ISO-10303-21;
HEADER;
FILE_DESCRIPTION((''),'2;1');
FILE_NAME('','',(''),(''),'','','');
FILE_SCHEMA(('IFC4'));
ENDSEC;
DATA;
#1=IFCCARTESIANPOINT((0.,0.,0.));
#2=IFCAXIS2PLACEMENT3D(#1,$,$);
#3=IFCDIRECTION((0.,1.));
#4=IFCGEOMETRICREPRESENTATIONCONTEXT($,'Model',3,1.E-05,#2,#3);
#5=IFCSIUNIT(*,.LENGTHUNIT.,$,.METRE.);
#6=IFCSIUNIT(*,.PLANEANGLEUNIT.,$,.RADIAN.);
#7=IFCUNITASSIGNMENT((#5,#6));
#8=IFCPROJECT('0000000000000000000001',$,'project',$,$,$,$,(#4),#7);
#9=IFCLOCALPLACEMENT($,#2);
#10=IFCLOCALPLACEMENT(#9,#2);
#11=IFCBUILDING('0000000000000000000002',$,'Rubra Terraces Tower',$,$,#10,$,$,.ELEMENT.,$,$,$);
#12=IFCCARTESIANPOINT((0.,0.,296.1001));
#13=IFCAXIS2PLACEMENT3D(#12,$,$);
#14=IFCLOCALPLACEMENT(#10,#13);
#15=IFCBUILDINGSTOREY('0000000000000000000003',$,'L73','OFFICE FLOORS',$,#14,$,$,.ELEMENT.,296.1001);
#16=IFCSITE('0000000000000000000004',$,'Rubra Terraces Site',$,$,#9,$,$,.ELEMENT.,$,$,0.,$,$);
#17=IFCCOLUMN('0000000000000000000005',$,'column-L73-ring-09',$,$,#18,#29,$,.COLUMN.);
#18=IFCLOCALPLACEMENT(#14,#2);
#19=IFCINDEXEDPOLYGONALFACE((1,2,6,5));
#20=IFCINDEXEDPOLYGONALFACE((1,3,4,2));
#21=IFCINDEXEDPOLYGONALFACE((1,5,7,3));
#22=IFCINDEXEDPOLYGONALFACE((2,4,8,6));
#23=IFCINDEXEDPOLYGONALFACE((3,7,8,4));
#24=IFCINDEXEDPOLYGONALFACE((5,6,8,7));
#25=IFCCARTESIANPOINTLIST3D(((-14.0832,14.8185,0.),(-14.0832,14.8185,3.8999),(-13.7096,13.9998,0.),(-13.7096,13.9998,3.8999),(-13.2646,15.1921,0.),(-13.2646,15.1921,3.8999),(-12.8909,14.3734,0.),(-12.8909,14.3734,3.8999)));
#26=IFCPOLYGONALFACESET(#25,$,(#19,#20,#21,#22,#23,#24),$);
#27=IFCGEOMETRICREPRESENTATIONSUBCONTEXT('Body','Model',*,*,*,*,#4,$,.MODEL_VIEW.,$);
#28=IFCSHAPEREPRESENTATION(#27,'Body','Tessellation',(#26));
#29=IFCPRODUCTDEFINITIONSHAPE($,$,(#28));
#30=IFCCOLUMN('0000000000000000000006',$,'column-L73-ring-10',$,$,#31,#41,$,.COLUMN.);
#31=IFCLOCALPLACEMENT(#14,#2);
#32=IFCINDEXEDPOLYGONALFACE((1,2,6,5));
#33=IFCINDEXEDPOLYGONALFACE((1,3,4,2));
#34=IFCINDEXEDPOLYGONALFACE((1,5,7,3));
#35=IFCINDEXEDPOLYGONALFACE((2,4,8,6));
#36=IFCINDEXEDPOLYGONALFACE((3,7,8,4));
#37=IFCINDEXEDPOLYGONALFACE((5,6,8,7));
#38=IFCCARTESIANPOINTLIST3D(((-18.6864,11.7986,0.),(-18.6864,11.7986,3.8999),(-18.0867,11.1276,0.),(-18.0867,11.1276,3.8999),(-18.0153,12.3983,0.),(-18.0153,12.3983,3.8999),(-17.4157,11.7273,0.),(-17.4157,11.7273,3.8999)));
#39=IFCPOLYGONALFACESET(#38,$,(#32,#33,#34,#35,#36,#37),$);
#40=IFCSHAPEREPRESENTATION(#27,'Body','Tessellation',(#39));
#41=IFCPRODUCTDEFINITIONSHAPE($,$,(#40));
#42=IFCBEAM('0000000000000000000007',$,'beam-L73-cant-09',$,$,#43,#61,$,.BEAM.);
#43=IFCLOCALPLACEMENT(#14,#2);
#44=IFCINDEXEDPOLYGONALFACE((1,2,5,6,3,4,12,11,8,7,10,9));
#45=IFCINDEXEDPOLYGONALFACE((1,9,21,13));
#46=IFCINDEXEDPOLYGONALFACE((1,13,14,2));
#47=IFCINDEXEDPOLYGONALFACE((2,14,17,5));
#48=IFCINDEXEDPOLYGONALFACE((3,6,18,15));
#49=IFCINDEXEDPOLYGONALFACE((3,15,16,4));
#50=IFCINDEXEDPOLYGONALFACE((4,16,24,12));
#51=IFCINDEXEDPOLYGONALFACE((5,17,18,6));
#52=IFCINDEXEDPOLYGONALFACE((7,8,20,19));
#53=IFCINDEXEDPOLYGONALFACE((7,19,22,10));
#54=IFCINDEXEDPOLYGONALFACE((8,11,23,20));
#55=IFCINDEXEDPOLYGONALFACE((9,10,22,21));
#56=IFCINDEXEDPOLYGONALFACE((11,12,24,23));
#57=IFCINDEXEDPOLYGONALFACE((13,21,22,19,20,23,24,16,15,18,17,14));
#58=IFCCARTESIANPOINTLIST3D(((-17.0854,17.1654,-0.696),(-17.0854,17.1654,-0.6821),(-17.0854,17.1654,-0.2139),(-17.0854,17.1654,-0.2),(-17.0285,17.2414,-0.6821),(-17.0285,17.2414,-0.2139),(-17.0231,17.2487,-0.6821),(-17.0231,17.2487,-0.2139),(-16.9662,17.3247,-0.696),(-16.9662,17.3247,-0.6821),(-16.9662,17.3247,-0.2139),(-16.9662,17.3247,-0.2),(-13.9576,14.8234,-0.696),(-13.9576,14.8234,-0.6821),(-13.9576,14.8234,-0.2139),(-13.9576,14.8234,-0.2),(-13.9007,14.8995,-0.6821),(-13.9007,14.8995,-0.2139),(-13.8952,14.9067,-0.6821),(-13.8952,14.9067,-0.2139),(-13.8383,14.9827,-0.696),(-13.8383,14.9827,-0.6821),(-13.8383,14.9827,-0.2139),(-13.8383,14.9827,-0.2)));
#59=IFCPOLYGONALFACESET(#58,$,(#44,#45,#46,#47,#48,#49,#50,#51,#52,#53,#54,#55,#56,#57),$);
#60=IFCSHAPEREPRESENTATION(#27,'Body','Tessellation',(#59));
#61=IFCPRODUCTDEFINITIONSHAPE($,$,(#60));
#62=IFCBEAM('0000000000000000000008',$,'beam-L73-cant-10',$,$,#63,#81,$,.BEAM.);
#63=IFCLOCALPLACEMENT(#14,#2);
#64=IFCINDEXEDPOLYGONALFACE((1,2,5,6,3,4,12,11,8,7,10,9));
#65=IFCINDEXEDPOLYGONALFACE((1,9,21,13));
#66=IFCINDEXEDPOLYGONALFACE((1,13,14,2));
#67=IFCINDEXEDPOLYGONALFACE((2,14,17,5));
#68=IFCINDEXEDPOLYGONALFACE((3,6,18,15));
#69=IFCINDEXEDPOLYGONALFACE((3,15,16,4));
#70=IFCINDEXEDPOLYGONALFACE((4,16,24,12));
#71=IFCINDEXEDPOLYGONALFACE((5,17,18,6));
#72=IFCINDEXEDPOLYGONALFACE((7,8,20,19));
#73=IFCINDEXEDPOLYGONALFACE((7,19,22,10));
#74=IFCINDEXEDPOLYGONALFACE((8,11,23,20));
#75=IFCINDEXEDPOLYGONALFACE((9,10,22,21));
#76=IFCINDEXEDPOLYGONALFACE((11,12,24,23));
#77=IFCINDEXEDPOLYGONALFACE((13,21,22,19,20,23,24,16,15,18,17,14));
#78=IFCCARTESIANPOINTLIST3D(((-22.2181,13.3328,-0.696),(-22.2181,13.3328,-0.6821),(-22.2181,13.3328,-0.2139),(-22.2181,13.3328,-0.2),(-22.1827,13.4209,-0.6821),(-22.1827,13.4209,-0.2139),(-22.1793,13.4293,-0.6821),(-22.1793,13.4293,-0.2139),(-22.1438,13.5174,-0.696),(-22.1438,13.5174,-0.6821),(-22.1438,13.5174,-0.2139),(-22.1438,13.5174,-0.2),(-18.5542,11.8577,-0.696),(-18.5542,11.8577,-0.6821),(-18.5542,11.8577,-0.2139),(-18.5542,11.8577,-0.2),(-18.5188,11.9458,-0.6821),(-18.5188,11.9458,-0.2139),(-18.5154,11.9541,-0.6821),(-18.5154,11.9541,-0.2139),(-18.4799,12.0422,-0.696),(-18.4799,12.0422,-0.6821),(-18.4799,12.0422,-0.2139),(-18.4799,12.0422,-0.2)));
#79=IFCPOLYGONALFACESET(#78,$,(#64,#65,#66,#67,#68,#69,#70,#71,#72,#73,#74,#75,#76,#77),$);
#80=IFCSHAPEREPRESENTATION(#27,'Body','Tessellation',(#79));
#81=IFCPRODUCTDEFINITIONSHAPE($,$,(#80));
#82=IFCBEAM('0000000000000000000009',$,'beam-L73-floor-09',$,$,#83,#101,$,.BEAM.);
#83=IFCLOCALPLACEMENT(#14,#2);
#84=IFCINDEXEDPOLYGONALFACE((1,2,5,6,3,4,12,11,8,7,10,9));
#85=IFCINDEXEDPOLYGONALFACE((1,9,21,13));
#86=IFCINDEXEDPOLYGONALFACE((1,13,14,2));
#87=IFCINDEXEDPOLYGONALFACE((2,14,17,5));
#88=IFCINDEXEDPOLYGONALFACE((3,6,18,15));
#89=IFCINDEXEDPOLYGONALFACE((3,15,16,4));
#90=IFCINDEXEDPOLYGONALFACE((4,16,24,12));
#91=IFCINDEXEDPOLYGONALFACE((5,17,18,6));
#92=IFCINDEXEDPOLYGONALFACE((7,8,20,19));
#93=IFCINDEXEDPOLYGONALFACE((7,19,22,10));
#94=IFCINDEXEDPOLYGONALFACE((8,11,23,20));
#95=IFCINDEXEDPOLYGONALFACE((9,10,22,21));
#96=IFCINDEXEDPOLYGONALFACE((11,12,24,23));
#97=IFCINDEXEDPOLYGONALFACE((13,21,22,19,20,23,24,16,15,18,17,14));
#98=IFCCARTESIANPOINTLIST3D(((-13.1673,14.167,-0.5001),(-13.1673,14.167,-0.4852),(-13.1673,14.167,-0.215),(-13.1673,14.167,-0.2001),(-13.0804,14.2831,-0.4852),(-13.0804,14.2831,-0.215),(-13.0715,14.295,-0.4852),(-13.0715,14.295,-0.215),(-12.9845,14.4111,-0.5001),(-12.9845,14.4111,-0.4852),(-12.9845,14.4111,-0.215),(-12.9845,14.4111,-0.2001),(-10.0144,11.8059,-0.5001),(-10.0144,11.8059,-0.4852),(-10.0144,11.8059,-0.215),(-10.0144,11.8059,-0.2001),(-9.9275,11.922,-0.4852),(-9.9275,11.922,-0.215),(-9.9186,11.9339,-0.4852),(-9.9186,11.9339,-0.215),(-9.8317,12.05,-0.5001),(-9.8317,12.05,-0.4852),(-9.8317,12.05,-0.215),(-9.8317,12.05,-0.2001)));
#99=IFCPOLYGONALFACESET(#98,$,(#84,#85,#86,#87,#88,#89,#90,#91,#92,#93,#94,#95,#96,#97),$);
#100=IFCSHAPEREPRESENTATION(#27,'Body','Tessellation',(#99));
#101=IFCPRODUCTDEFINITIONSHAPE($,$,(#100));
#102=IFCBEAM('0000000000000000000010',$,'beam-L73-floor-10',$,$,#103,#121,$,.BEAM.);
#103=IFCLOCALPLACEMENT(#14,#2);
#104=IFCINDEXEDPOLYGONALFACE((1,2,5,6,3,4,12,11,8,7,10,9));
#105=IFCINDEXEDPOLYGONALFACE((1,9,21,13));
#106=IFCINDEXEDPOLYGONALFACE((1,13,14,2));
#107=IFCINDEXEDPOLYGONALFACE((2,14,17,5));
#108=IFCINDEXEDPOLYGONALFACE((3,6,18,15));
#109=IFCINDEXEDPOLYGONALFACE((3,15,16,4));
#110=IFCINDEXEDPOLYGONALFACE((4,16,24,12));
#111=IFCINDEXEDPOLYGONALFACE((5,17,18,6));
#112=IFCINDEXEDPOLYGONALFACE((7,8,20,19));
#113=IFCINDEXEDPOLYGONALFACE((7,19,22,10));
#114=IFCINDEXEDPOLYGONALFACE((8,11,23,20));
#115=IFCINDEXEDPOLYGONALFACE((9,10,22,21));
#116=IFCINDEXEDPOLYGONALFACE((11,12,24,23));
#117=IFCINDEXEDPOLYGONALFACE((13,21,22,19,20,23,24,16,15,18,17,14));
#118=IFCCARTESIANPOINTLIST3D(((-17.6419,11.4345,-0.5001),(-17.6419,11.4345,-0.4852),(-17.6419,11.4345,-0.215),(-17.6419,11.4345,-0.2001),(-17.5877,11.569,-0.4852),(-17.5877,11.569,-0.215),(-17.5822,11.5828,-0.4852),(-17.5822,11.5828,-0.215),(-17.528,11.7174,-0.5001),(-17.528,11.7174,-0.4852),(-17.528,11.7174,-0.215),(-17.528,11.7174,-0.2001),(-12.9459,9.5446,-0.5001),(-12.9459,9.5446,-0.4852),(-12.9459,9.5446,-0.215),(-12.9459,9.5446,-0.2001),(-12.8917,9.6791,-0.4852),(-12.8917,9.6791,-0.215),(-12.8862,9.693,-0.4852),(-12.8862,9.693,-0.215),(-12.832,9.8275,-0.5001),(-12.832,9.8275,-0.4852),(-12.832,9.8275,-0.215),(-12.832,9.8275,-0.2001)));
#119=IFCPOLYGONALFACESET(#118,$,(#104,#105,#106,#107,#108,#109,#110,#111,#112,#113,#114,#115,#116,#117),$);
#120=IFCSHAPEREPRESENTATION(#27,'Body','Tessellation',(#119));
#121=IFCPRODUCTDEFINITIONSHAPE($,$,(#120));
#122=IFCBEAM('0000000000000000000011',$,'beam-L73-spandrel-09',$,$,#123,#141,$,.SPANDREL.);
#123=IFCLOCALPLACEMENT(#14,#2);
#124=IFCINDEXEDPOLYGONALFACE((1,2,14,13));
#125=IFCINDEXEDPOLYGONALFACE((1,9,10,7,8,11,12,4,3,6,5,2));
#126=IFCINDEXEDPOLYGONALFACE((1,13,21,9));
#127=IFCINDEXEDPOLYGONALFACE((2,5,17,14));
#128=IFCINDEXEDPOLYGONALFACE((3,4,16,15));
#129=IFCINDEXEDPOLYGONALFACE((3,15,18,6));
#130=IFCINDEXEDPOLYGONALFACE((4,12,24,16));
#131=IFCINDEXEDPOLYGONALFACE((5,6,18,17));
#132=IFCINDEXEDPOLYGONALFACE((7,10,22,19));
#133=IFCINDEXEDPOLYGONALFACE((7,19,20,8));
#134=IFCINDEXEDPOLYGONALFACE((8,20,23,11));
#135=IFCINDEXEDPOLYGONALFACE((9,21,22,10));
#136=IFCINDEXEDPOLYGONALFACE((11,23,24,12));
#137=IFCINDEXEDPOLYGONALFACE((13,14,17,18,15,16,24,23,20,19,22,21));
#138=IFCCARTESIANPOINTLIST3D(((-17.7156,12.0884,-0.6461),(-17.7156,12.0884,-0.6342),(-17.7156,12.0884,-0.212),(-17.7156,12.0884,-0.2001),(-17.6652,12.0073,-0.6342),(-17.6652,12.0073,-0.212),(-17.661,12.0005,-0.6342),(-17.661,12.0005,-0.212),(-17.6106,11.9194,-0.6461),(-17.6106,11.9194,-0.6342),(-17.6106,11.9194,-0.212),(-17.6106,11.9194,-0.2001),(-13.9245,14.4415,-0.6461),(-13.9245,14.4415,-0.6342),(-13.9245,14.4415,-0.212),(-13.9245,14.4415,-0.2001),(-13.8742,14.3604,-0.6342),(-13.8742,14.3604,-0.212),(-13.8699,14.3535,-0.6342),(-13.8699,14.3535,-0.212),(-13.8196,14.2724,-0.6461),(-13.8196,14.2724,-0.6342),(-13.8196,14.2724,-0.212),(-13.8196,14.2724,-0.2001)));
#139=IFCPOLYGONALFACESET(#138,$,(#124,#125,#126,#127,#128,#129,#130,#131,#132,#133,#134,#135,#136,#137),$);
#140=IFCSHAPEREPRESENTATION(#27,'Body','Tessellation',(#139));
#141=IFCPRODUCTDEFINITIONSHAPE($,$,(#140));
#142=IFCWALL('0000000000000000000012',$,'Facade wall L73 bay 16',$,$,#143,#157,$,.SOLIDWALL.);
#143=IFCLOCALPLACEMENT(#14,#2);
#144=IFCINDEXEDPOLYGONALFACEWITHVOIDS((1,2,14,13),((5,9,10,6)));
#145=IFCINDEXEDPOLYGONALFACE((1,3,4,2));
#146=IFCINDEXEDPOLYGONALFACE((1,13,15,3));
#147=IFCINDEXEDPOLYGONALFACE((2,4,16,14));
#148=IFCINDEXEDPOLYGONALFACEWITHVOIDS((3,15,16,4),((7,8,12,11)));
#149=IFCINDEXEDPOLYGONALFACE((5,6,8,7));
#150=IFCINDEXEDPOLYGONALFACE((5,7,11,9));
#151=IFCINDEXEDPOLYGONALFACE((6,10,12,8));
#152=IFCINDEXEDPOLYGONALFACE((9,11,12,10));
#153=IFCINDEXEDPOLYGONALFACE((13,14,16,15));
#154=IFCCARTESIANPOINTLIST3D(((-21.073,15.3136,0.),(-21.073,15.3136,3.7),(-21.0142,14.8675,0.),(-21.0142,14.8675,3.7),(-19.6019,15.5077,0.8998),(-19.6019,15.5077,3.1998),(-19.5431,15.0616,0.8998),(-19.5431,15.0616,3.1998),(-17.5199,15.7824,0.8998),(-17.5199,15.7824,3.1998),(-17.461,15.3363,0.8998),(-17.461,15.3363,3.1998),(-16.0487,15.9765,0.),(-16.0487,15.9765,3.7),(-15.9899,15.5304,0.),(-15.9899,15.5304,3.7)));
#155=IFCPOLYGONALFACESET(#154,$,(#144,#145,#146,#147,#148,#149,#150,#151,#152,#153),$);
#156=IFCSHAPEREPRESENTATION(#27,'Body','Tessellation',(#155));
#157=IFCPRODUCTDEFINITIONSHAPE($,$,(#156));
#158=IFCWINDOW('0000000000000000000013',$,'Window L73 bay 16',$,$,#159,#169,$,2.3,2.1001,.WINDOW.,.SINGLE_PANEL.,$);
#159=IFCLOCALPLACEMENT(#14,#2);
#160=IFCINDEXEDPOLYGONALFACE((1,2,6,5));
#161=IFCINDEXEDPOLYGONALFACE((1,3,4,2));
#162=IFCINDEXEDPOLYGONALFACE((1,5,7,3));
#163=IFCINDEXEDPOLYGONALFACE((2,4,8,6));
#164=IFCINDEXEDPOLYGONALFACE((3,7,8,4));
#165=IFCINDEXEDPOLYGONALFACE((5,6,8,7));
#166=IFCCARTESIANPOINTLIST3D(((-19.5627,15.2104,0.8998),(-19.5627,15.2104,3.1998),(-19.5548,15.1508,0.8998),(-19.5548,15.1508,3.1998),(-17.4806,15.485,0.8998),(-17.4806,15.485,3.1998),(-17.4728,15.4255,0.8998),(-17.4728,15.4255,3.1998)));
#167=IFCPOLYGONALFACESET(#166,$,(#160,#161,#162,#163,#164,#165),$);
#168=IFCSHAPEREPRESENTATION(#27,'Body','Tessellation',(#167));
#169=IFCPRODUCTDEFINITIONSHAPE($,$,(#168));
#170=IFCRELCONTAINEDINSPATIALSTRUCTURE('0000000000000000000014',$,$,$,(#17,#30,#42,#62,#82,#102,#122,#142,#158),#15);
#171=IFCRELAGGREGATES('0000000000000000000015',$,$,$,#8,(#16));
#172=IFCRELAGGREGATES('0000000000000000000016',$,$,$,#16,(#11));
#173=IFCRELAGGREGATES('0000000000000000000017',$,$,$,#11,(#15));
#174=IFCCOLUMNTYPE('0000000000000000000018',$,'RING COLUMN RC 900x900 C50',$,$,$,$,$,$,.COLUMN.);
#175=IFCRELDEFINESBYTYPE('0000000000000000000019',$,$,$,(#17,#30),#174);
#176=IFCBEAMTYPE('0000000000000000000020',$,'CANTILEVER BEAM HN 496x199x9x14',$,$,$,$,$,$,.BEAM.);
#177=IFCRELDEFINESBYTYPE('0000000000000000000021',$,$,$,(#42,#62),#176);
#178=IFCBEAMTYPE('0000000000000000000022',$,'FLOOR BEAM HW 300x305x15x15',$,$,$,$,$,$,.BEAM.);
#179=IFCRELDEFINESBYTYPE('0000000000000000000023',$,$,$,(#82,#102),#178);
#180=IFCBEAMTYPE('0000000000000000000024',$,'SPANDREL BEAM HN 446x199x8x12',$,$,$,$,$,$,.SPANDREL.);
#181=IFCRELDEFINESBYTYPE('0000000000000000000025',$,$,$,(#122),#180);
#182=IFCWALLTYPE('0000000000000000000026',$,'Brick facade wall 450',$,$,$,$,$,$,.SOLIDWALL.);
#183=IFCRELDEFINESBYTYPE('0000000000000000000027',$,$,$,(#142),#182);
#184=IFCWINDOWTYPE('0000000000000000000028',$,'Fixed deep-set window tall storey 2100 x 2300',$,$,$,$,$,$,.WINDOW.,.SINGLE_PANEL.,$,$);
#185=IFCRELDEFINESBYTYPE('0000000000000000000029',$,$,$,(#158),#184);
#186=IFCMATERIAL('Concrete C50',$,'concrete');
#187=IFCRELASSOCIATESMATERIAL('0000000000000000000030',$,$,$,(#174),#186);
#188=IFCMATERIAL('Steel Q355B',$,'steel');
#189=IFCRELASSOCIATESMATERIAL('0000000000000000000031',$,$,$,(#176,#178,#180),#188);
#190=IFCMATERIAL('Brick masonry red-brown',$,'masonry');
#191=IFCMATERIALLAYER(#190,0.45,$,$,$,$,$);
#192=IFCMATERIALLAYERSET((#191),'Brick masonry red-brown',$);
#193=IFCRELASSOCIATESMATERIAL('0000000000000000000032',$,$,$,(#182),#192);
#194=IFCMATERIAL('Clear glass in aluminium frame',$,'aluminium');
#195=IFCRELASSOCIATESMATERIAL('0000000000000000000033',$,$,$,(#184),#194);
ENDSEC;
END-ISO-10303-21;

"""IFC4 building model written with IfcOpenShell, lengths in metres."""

from ifc_helpers import new_model, si_unit, direction, frame, frame_2d, origin, origin_2d, place, context, subcontext, project, spatial, rectangle, i_section, extrude, material, layer, layer_set, material_profile, profile_set, type_object, element, fill, save


model = new_model("IFC4")

# Units and contexts
model_context = context("Model", 3, precision=1e-05, world=origin(), true_north=direction((0.0, 1.0)))
body_context = subcontext(model_context, "Body", "Model", "MODEL_VIEW")
ifc_project = project(units=[si_unit("LENGTHUNIT", "METRE"), si_unit("PLANEANGLEUNIT", "RADIAN")], contexts=[model_context])

# Site, building, storey
site_placement = place(None, origin())
site = spatial("IfcSite", under=ifc_project, at=site_placement, Name="Rubra Terraces Site", CompositionType="ELEMENT", RefElevation=0.0)
building_placement = place(site_placement, origin())
building = spatial("IfcBuilding", under=site, at=building_placement, Name="Rubra Terraces Tower", CompositionType="ELEMENT")
storey_placement = place(building_placement, frame((0.0, 0.0, 296.1001)))
storey = spatial("IfcBuildingStorey", under=building, at=storey_placement, Name="L73", Description="OFFICE FLOORS", CompositionType="ELEMENT", Elevation=296.1001)

# Columns
ifc_material_1 = material(Name="Concrete C50", Category="concrete")
ifc_material_profile_1 = material_profile(ifc_material_1, rectangle(XDim=0.8999, YDim=0.8999, at=origin_2d()), Name="RC 900x900")
ifc_profile_set_1 = profile_set([ifc_material_profile_1], Name="Concrete C50")
column_type = type_object("IfcColumnType", Name="RING COLUMN RC 900x900 C50", PredefinedType="COLUMN", material=ifc_profile_set_1)
for number, where, z_axis, x_axis, name in (
    (1, (-13.4871, 14.5959, 0.0), (0.0, 0.0, 1.0), (-0.909726, -0.415208, 0.0), "column-L73-ring-09"),
    (2, (-18.051, 11.7629, 0.0), (0.0, 0.0, 1.0), (-0.745642, -0.666347, 0.0), "column-L73-ring-10"),
):
    element("IfcColumn", number, at=place(storey_placement, frame(where, z_axis=z_axis, x_axis=x_axis)), inside=storey, type_object=column_type, Name=name, PredefinedType="COLUMN", context=body_context, shape_type="SweptSolid", body=[
        extrude(rectangle(XDim=0.8999, YDim=0.8999, at=origin_2d()), origin(), (0.0, 0.0, 1.0), 3.8999),
    ])

# Beams
ifc_material_2 = material(Name="Steel Q355B", Category="steel")
ifc_material_profile_2 = material_profile(ifc_material_2, i_section(OverallWidth=0.199, OverallDepth=0.4961, WebThickness=0.009, FlangeThickness=0.0139, at=origin_2d()), Name="HN 496x199x9x14")
ifc_profile_set_2 = profile_set([ifc_material_profile_2], Name="Steel Q355B")
beam_type_1 = type_object("IfcBeamType", Name="CANTILEVER BEAM HN 496x199x9x14", PredefinedType="BEAM", material=ifc_profile_set_2)
beam_1_placement = place(storey_placement, frame((-13.8979, 14.9031, -0.448), z_axis=(-0.80048, 0.59936, 0.0), x_axis=(-0.59936, -0.80048, 0.0)))
element("IfcBeam", 3, at=beam_1_placement, inside=storey, type_object=beam_type_1, Name="beam-L73-cant-09", PredefinedType="BEAM", context=body_context, shape_type="SweptSolid", body=[
    extrude(i_section(OverallWidth=0.199, OverallDepth=0.4961, WebThickness=0.009, FlangeThickness=0.0139, at=origin_2d()), origin(), (0.0, 0.0, 1.0), 3.9075),
])
beam_2_placement = place(storey_placement, frame((-18.5171, 11.95, -0.448), z_axis=(-0.927639, 0.373479, 0.0), x_axis=(-0.373479, -0.927639, 0.0)))
element("IfcBeam", 4, at=beam_2_placement, inside=storey, type_object=beam_type_1, Name="beam-L73-cant-10", PredefinedType="BEAM", context=body_context, shape_type="SweptSolid", body=[
    extrude(i_section(OverallWidth=0.199, OverallDepth=0.4961, WebThickness=0.009, FlangeThickness=0.0139, at=origin_2d()), origin(), (0.0, 0.0, 1.0), 3.9497),
])
ifc_material_profile_3 = material_profile(ifc_material_2, i_section(OverallWidth=0.3049, OverallDepth=0.3, WebThickness=0.0149, FlangeThickness=0.0149, at=origin_2d()), Name="HW 300x305x15x15")
ifc_profile_set_3 = profile_set([ifc_material_profile_3], Name="Steel Q355B")
beam_type_2 = type_object("IfcBeamType", Name="FLOOR BEAM HW 300x305x15x15", PredefinedType="BEAM", material=ifc_profile_set_3)
beam_3_placement = place(storey_placement, frame((-13.0759, 14.2891, -0.3501), z_axis=(0.800431, -0.599425, 0.0), x_axis=(0.599425, 0.800431, 0.0)))
element("IfcBeam", 5, at=beam_3_placement, inside=storey, type_object=beam_type_2, Name="beam-L73-floor-09", PredefinedType="BEAM", context=body_context, shape_type="SweptSolid", body=[
    extrude(i_section(OverallWidth=0.3049, OverallDepth=0.3, WebThickness=0.0149, FlangeThickness=0.0149, at=origin_2d()), origin(), (0.0, 0.0, 1.0), 3.939),
])
beam_4_placement = place(storey_placement, frame((-17.585, 11.5759, -0.3501), z_axis=(0.927693, -0.373344, 0.0), x_axis=(0.373344, 0.927693, 0.0)))
element("IfcBeam", 6, at=beam_4_placement, inside=storey, type_object=beam_type_2, Name="beam-L73-floor-10", PredefinedType="BEAM", context=body_context, shape_type="SweptSolid", body=[
    extrude(i_section(OverallWidth=0.3049, OverallDepth=0.3, WebThickness=0.0149, FlangeThickness=0.0149, at=origin_2d()), origin(), (0.0, 0.0, 1.0), 5.062),
])
ifc_material_profile_4 = material_profile(ifc_material_2, i_section(OverallWidth=0.199, OverallDepth=0.446, WebThickness=0.0081, FlangeThickness=0.012, at=origin_2d()), Name="HN 446x199x8x12")
ifc_profile_set_4 = profile_set([ifc_material_profile_4], Name="Steel Q355B")
beam_type_3 = type_object("IfcBeamType", Name="SPANDREL BEAM HN 446x199x8x12", PredefinedType="SPANDREL", material=ifc_profile_set_4)
beam_5_placement = place(storey_placement, frame((-13.8721, 14.3569, -0.4231), z_axis=(-0.849642, -0.52736, 0.0), x_axis=(0.52736, -0.849642, 0.0)))
element("IfcBeam", 7, at=beam_5_placement, inside=storey, type_object=beam_type_3, Name="beam-L73-spandrel-09", PredefinedType="SPANDREL", context=body_context, shape_type="SweptSolid", body=[
    extrude(i_section(OverallWidth=0.199, OverallDepth=0.446, WebThickness=0.0081, FlangeThickness=0.012, at=origin_2d()), origin(), (0.0, 0.0, 1.0), 4.4619),
])

# Wall, opening, window
ifc_material_3 = material(Name="Brick masonry red-brown", Category="masonry")
ifc_layer_1 = layer(ifc_material_3, 0.45)
ifc_layer_set_1 = layer_set([ifc_layer_1], Name="Brick masonry red-brown")
wall_type_1 = type_object("IfcWallType", Name="Brick facade wall 450", PredefinedType="SOLIDWALL", material=ifc_layer_set_1)
wall_1_placement = place(storey_placement, frame((-16.0193, 15.7534, 0.0), z_axis=(0.0, 0.0, 1.0), x_axis=(-0.99141, -0.130791, 0.0)))
wall_1 = element("IfcWall", 8, at=wall_1_placement, inside=storey, type_object=wall_type_1, Name="Facade wall L73 bay 16", PredefinedType="SOLIDWALL", context=body_context, shape_type="SweptSolid", body=[
    extrude(rectangle(XDim=5.0679, YDim=0.45, at=frame_2d((2.5339, 0.0))), origin(), (0.0, 0.0, 1.0), 3.7),
])
opening_1_placement = place(wall_1_placement, frame((1.4839, 0.0, 0.8999)))
opening_1 = element("IfcOpeningElement", 9, at=opening_1_placement, cuts=wall_1, PredefinedType="OPENING", context=body_context, shape_type="SweptSolid", body=[
    extrude(rectangle(XDim=2.1001, YDim=2.3, at=frame_2d((1.05, 1.1499))), frame((0.0, 0.2349, 0.0), z_axis=(0.0, -1.0, 0.0), x_axis=(1.0, 0.0, 0.0)), (0.0, 0.0, 1.0), 0.47),
])
ifc_material_4 = material(Name="Clear glass in aluminium frame", Category="aluminium")
window_type_1 = type_object("IfcWindowType", Name="Fixed deep-set window tall storey 2100 x 2300", PartitioningType="SINGLE_PANEL", PredefinedType="WINDOW", material=ifc_material_4)
window_1_placement = place(opening_1_placement, origin())
window_1 = element("IfcWindow", 10, at=window_1_placement, inside=storey, type_object=window_type_1, Name="Window L73 bay 16", OverallHeight=2.3, OverallWidth=2.1001, PartitioningType="SINGLE_PANEL", PredefinedType="WINDOW", context=body_context, shape_type="SweptSolid", body=[
    extrude(rectangle(XDim=2.1001, YDim=2.3, at=frame_2d((1.05, 1.1499))), frame((0.0, 0.135, 0.0), z_axis=(0.0, -1.0, 0.0), x_axis=(1.0, 0.0, 0.0)), (0.0, 0.0, 1.0), 0.0601),
])
fill(opening_1, window_1)

save(model, "model.ifc")
